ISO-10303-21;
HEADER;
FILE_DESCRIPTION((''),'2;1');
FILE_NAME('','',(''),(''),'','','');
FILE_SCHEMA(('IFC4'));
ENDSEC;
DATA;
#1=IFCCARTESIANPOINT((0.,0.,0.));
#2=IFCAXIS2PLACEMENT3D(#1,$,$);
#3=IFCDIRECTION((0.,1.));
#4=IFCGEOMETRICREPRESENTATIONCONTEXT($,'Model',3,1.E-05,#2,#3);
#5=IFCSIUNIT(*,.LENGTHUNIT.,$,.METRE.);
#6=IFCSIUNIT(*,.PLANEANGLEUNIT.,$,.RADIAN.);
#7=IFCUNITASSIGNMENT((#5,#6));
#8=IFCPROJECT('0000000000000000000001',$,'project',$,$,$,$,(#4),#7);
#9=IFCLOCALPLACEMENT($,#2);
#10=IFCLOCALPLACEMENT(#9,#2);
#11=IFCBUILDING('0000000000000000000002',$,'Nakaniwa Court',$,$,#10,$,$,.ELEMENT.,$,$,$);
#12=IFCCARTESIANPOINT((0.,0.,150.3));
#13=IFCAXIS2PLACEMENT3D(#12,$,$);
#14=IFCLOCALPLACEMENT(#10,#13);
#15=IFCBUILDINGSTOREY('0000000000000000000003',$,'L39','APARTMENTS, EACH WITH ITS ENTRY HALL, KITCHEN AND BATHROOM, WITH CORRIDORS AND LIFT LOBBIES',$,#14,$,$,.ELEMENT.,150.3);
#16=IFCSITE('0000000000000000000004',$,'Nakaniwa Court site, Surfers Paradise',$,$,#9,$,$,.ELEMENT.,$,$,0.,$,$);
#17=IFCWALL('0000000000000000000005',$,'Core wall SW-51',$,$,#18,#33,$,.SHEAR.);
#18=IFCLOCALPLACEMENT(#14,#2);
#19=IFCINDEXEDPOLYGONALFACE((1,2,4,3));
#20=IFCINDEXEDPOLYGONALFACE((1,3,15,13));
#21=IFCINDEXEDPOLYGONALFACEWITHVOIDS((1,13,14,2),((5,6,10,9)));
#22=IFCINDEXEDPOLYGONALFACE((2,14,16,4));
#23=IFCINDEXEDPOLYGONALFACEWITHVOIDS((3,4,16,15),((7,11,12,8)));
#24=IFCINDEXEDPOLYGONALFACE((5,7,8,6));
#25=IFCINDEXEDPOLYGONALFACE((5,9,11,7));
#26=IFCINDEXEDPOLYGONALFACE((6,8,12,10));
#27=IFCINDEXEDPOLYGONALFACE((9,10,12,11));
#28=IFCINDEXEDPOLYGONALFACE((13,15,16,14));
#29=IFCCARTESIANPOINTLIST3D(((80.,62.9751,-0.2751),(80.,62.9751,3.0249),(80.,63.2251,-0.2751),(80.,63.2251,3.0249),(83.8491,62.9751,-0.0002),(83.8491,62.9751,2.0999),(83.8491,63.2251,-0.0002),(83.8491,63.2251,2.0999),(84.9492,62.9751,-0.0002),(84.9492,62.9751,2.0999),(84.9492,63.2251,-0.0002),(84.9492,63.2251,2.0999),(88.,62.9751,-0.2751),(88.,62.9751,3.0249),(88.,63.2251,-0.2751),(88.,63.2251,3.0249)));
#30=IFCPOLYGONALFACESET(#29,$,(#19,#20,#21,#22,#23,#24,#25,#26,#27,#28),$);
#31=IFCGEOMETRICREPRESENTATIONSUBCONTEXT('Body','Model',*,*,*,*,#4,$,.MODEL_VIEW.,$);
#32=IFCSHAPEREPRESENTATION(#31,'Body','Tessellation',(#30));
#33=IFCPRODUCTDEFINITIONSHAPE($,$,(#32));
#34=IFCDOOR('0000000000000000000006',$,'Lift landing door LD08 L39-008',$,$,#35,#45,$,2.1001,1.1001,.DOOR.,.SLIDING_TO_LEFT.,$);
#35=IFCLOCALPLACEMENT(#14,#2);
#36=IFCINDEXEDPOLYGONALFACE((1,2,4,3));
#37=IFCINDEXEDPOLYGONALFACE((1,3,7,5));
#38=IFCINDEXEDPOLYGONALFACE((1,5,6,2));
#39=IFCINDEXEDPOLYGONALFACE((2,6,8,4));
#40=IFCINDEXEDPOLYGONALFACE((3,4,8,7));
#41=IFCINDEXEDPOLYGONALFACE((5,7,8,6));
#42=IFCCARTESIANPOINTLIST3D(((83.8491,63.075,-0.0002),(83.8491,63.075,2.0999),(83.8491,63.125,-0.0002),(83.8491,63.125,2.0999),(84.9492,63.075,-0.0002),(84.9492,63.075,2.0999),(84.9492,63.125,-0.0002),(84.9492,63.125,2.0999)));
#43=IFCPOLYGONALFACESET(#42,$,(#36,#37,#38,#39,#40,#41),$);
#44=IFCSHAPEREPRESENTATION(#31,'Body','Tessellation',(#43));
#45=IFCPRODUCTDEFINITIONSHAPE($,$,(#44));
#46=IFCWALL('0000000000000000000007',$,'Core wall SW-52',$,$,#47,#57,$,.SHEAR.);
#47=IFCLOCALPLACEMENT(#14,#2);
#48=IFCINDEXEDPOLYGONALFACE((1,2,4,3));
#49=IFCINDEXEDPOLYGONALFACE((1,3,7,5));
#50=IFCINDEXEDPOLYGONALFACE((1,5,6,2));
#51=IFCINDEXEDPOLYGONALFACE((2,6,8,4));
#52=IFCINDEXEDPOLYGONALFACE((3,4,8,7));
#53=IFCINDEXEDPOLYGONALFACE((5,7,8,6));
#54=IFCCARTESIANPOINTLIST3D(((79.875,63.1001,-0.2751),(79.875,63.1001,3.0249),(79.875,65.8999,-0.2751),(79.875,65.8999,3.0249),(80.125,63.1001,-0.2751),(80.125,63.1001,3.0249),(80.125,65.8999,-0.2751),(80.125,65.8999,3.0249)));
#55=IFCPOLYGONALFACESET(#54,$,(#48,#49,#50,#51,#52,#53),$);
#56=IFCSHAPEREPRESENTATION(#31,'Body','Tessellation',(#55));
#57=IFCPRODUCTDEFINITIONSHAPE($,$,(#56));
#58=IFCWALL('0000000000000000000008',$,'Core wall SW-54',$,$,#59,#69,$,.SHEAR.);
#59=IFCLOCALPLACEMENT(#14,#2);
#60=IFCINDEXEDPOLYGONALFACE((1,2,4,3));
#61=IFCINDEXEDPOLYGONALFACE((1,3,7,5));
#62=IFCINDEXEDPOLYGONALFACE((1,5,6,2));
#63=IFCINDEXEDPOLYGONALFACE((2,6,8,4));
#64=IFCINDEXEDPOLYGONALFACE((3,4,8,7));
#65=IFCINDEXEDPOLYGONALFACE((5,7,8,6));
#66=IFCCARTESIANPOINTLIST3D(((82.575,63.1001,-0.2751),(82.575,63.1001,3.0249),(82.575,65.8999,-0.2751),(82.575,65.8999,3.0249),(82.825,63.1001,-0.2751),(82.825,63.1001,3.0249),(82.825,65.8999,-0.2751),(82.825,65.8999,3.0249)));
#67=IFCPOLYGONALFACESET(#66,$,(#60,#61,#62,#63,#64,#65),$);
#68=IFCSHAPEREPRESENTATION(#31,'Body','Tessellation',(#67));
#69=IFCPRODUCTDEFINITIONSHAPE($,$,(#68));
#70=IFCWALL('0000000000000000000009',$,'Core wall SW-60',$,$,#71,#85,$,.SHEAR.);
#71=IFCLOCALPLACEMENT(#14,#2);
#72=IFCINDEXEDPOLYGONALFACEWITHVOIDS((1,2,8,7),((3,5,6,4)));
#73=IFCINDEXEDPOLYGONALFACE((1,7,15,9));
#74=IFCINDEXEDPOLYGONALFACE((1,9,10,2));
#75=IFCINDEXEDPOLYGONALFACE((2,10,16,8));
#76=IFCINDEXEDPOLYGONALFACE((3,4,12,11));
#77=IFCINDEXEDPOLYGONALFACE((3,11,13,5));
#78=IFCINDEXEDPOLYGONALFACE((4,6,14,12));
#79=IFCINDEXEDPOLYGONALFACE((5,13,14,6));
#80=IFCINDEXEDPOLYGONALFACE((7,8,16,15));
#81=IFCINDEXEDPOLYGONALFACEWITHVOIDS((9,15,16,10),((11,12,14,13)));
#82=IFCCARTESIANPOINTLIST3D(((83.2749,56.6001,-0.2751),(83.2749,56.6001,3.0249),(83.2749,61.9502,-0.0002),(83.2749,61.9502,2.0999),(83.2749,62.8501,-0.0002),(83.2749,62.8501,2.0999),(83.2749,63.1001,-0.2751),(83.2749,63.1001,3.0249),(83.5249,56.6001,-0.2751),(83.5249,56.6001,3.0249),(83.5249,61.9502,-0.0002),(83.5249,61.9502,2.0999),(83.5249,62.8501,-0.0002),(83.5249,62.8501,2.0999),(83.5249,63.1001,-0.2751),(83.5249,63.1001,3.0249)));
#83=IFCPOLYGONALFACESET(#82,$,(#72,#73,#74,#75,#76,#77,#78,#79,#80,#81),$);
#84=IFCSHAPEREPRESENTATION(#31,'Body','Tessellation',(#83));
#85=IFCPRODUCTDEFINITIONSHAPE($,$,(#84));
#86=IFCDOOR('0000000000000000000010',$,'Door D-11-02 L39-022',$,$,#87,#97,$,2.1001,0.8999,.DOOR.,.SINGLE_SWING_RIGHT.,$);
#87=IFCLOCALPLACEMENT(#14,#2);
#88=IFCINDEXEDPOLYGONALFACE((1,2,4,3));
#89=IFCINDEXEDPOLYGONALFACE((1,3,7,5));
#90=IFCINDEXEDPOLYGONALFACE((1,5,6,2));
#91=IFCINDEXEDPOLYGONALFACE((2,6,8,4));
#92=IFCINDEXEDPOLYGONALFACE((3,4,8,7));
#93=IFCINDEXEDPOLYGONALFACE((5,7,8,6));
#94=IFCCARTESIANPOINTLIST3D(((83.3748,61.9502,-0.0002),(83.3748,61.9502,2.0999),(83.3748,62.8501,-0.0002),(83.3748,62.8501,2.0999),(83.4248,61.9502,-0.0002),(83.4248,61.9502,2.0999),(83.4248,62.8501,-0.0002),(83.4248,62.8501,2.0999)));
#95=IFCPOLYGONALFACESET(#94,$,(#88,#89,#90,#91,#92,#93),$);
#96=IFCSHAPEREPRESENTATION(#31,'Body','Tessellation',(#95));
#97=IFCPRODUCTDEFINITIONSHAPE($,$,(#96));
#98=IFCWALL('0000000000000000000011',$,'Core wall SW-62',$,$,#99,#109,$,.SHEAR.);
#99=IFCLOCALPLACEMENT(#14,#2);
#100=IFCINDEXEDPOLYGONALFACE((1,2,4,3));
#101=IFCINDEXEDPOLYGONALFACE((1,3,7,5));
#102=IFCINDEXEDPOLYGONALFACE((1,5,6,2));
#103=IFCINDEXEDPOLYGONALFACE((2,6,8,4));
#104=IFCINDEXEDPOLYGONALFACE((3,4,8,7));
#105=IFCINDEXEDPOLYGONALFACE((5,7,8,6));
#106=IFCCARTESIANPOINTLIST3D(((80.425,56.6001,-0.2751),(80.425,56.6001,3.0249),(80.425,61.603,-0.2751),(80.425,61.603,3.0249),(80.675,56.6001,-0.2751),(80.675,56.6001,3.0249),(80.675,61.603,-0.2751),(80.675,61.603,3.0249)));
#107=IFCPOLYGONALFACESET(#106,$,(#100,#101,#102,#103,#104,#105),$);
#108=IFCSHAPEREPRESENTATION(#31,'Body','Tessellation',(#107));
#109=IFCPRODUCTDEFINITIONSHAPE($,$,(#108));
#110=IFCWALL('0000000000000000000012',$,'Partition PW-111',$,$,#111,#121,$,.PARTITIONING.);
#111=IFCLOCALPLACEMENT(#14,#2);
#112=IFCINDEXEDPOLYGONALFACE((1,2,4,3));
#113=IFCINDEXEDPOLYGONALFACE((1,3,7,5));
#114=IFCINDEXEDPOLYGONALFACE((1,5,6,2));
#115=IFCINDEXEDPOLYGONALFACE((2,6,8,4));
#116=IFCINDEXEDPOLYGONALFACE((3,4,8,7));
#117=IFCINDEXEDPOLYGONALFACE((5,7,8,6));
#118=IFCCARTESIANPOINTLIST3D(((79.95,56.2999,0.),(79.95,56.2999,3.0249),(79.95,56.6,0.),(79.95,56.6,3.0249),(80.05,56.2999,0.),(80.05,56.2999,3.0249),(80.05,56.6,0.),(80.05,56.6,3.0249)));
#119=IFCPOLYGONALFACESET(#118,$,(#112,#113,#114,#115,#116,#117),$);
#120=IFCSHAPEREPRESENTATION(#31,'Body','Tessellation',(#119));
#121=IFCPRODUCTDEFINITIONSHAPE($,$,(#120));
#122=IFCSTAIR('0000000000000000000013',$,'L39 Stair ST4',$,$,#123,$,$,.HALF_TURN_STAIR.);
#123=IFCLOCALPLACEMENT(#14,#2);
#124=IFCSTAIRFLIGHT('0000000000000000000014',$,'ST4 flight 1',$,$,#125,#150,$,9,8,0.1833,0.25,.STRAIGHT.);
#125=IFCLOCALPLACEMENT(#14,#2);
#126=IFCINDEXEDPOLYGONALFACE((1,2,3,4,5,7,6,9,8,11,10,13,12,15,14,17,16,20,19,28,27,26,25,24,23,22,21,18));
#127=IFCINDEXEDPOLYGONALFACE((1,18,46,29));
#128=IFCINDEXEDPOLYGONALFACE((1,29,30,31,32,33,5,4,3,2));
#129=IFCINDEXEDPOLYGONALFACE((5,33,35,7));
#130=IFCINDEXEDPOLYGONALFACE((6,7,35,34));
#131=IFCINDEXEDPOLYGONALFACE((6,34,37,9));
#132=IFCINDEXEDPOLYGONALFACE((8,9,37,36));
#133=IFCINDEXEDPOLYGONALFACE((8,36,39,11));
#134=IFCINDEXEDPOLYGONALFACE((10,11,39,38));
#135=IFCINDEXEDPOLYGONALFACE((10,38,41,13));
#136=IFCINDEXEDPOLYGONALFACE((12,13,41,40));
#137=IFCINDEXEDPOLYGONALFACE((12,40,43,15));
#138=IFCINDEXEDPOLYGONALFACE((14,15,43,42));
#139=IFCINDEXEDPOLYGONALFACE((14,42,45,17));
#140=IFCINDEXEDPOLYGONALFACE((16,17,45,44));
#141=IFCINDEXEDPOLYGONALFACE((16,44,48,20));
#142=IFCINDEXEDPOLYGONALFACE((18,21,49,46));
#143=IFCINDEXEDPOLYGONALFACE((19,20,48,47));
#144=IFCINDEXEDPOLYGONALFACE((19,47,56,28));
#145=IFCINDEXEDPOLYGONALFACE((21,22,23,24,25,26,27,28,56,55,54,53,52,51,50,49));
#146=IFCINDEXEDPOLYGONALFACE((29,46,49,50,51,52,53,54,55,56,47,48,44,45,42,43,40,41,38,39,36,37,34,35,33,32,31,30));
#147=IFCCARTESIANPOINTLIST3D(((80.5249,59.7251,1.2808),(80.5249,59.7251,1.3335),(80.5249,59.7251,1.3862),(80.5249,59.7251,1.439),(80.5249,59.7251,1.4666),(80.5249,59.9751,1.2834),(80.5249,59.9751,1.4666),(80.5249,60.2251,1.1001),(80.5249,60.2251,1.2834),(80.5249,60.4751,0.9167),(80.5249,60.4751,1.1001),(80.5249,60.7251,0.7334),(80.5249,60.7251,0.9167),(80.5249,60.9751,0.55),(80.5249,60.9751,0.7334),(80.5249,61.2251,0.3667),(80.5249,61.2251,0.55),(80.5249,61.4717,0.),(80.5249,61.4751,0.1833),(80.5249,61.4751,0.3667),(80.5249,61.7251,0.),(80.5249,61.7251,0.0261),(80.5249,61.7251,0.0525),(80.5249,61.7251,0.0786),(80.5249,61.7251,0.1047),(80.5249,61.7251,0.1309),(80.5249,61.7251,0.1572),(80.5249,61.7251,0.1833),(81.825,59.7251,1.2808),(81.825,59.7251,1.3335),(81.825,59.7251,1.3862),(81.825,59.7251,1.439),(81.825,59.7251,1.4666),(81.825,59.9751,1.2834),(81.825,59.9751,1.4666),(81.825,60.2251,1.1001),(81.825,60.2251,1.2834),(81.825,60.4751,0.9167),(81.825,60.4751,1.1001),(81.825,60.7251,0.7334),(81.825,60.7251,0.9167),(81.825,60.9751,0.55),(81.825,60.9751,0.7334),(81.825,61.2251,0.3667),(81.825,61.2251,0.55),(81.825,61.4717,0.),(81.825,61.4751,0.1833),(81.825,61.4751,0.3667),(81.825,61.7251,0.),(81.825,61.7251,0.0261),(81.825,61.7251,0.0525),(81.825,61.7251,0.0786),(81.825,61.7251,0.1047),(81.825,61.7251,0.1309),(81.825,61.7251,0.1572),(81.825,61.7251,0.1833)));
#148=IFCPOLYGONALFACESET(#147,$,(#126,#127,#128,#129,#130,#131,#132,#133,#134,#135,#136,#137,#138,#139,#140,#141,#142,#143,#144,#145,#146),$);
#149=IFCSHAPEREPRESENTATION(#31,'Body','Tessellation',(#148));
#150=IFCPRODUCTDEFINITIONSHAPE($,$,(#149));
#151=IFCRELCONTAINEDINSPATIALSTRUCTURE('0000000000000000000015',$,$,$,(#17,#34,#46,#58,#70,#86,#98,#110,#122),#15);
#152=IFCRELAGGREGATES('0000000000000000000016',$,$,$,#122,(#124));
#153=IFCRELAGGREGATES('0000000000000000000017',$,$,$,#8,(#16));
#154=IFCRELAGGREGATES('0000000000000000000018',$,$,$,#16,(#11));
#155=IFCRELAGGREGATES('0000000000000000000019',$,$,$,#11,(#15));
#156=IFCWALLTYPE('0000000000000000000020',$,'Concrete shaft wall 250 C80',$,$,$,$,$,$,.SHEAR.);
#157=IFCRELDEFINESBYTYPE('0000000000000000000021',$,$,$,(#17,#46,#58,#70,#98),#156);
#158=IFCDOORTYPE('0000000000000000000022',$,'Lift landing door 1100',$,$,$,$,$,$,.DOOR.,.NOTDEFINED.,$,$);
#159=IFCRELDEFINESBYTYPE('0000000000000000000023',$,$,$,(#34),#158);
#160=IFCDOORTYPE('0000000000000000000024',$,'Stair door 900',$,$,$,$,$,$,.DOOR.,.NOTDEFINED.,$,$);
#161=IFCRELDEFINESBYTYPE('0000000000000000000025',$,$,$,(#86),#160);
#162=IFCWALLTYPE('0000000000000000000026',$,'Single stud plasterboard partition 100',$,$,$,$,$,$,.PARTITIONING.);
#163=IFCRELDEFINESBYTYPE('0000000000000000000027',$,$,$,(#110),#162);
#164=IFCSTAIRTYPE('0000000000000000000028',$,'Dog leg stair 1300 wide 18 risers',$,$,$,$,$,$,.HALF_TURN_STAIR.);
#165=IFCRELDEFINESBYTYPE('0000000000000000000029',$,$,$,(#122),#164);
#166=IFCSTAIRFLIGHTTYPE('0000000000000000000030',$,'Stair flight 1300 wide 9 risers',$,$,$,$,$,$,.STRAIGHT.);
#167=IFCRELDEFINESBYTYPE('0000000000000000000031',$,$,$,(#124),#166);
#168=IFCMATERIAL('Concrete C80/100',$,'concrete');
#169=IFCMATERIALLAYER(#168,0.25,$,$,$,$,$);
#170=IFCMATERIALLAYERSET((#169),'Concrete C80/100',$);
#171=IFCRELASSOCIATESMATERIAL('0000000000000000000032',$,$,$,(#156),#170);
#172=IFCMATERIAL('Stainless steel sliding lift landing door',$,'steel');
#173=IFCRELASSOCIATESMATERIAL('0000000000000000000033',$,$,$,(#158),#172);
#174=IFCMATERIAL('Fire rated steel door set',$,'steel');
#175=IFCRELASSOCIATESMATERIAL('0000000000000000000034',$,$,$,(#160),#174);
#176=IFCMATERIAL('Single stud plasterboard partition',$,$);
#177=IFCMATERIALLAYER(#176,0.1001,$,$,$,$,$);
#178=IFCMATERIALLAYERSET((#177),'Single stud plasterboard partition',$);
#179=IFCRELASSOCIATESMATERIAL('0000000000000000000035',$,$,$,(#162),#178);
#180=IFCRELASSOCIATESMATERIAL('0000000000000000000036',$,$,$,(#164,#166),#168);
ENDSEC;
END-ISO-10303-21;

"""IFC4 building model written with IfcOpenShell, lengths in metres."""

from ifc_helpers import new_model, si_unit, direction, frame, frame_2d, origin, place, context, subcontext, project, spatial, polyline, rectangle, outline, extrude, material, layer, layer_set, type_object, element, fill, aggregate, save


model = new_model("IFC4")

# Units and contexts
model_context = context("Model", 3, precision=1e-05, world=origin(), true_north=direction((0.0, 1.0)))
body_context = subcontext(model_context, "Body", "Model", "MODEL_VIEW")
ifc_project = project(units=[si_unit("LENGTHUNIT", "METRE"), si_unit("PLANEANGLEUNIT", "RADIAN")], contexts=[model_context])

# Site, building, storey
site_placement = place(None, origin())
site = spatial("IfcSite", under=ifc_project, at=site_placement, Name="Nakaniwa Court site, Surfers Paradise", CompositionType="ELEMENT", RefElevation=0.0)
building_placement = place(site_placement, origin())
building = spatial("IfcBuilding", under=site, at=building_placement, Name="Nakaniwa Court", CompositionType="ELEMENT")
storey_placement = place(building_placement, frame((0.0, 0.0, 150.3)))
storey = spatial("IfcBuildingStorey", under=building, at=storey_placement, Name="L39", Description="APARTMENTS, EACH WITH ITS ENTRY HALL, KITCHEN AND BATHROOM, WITH CORRIDORS AND LIFT LOBBIES", CompositionType="ELEMENT", Elevation=150.3)

# Shared definitions
ifc_material_1 = material(Name="Fire rated steel door set", Category="steel")

# Shared definitions
ifc_material_2 = material(Name="Concrete C80/100", Category="concrete")
ifc_layer_1 = layer(ifc_material_2, 0.25)
ifc_layer_set_1 = layer_set([ifc_layer_1], Name="Concrete C80/100")
wall_type_1 = type_object("IfcWallType", Name="Concrete shaft wall 250 C80", PredefinedType="SHEAR", material=ifc_layer_set_1)

# Wall, opening, door
wall_1_placement = place(storey_placement, frame((80.0, 63.1001, -0.2751), z_axis=(0.0, 0.0, 1.0), x_axis=(1.0, 0.0, 0.0)))
wall_1 = element("IfcWall", 1, at=wall_1_placement, inside=storey, type_object=wall_type_1, Name="Core wall SW-51", PredefinedType="SHEAR", context=body_context, shape_type="SweptSolid", body=[
    extrude(rectangle(XDim=8.0, YDim=0.25, at=frame_2d((4.0, 0.0))), origin(), (0.0, 0.0, 1.0), 3.3),
])
opening_1_placement = place(wall_1_placement, frame((3.8491, 0.0, 0.2749)))
opening_1 = element("IfcOpeningElement", 2, at=opening_1_placement, cuts=wall_1, PredefinedType="OPENING", context=body_context, shape_type="SweptSolid", body=[
    extrude(rectangle(XDim=1.1001, YDim=2.1001, at=frame_2d((0.55, 1.05))), frame((0.0, 0.135, 0.0), z_axis=(0.0, -1.0, 0.0), x_axis=(1.0, 0.0, 0.0)), (0.0, 0.0, 1.0), 0.27),
])
ifc_material_3 = material(Name="Stainless steel sliding lift landing door", Category="steel")
door_type_1 = type_object("IfcDoorType", Name="Lift landing door 1100", OperationType="NOTDEFINED", PredefinedType="DOOR", material=ifc_material_3)
door_1_placement = place(opening_1_placement, origin())
door_1 = element("IfcDoor", 3, at=door_1_placement, inside=storey, type_object=door_type_1, Name="Lift landing door LD08 L39-008", OperationType="SLIDING_TO_LEFT", OverallHeight=2.1001, OverallWidth=1.1001, PredefinedType="DOOR", context=body_context, shape_type="SweptSolid", body=[
    extrude(rectangle(XDim=1.1001, YDim=2.1001, at=frame_2d((0.55, 1.05))), frame((0.0, 0.0249, 0.0), z_axis=(0.0, -1.0, 0.0), x_axis=(1.0, 0.0, 0.0)), (0.0, 0.0, 1.0), 0.05),
])
fill(opening_1, door_1)

# Walls
for number, where, z_axis, x_axis, name in (
    (4, (80.0, 63.1001, -0.2751), (0.0, 0.0, 1.0), (0.0, 1.0, 0.0), "Core wall SW-52"),
    (5, (82.7, 63.1001, -0.2751), (0.0, 0.0, 1.0), (0.0, 1.0, 0.0), "Core wall SW-54"),
):
    element("IfcWall", number, at=place(storey_placement, frame(where, z_axis=z_axis, x_axis=x_axis)), inside=storey, type_object=wall_type_1, Name=name, PredefinedType="SHEAR", context=body_context, shape_type="SweptSolid", body=[
        extrude(rectangle(XDim=2.7998, YDim=0.25, at=frame_2d((1.3999, 0.0))), origin(), (0.0, 0.0, 1.0), 3.3),
    ])

# Wall, opening, door
wall_2_placement = place(storey_placement, frame((83.3999, 63.1001, -0.2751), z_axis=(0.0, 0.0, 1.0), x_axis=(0.0, -1.0, 0.0)))
wall_2 = element("IfcWall", 6, at=wall_2_placement, inside=storey, type_object=wall_type_1, Name="Core wall SW-60", PredefinedType="SHEAR", context=body_context, shape_type="SweptSolid", body=[
    extrude(rectangle(XDim=6.5, YDim=0.25, at=frame_2d((3.25, 0.0))), origin(), (0.0, 0.0, 1.0), 3.3),
])
opening_2_placement = place(wall_2_placement, frame((0.25, 0.0, 0.2749)))
opening_2 = element("IfcOpeningElement", 7, at=opening_2_placement, cuts=wall_2, PredefinedType="OPENING", context=body_context, shape_type="SweptSolid", body=[
    extrude(rectangle(XDim=0.8999, YDim=2.1001, at=frame_2d((0.45, 1.05))), frame((0.0, 0.135, 0.0), z_axis=(0.0, -1.0, 0.0), x_axis=(1.0, 0.0, 0.0)), (0.0, 0.0, 1.0), 0.27),
])
door_type_2 = type_object("IfcDoorType", Name="Stair door 900", OperationType="NOTDEFINED", PredefinedType="DOOR", material=ifc_material_1)
door_2_placement = place(opening_2_placement, origin())
door_2 = element("IfcDoor", 8, at=door_2_placement, inside=storey, type_object=door_type_2, Name="Door D-11-02 L39-022", OperationType="SINGLE_SWING_RIGHT", OverallHeight=2.1001, OverallWidth=0.8999, PredefinedType="DOOR", context=body_context, shape_type="SweptSolid", body=[
    extrude(rectangle(XDim=0.8999, YDim=2.1001, at=frame_2d((0.45, 1.05))), frame((0.0, 0.0249, 0.0), z_axis=(0.0, -1.0, 0.0), x_axis=(1.0, 0.0, 0.0)), (0.0, 0.0, 1.0), 0.05),
])
fill(opening_2, door_2)

# Walls
wall_3_placement = place(storey_placement, frame((80.55, 56.6001, -0.2751), z_axis=(0.0, 0.0, 1.0), x_axis=(0.0, 1.0, 0.0)))
element("IfcWall", 9, at=wall_3_placement, inside=storey, type_object=wall_type_1, Name="Core wall SW-62", PredefinedType="SHEAR", context=body_context, shape_type="SweptSolid", body=[
    extrude(rectangle(XDim=5.0029, YDim=0.25, at=frame_2d((2.5015, 0.0))), origin(), (0.0, 0.0, 1.0), 3.3),
])
ifc_material_4 = material(Name="Single stud plasterboard partition")
ifc_layer_2 = layer(ifc_material_4, 0.1001)
ifc_layer_set_2 = layer_set([ifc_layer_2], Name="Single stud plasterboard partition")
wall_type_2 = type_object("IfcWallType", Name="Single stud plasterboard partition 100", PredefinedType="PARTITIONING", material=ifc_layer_set_2)
wall_4_placement = place(storey_placement, frame((80.0, 56.3, 0.0), z_axis=(0.0, 0.0, 1.0), x_axis=(0.0, 1.0, 0.0)))
element("IfcWall", 10, at=wall_4_placement, inside=storey, type_object=wall_type_2, Name="Partition PW-111", PredefinedType="PARTITIONING", context=body_context, shape_type="SweptSolid", body=[
    extrude(rectangle(XDim=0.3, YDim=0.1001, at=frame_2d((0.1499, 0.0))), origin(), (0.0, 0.0, 1.0), 3.0249),
])

# Stair, stair flight
stair_type = type_object("IfcStairType", Name="Dog leg stair 1300 wide 18 risers", PredefinedType="HALF_TURN_STAIR", material=ifc_material_2)
stair_placement = place(storey_placement, origin())
stair = element("IfcStair", 11, at=stair_placement, inside=storey, type_object=stair_type, Name="L39 Stair ST4", PredefinedType="HALF_TURN_STAIR")
stair_flight_type = type_object("IfcStairFlightType", Name="Stair flight 1300 wide 9 risers", PredefinedType="STRAIGHT", material=ifc_material_2)
stair_flight_1_placement = place(storey_placement, frame((81.175, 61.7251, 0.0), z_axis=(0.0, 0.0, 1.0), x_axis=(0.0, -1.0, 0.0)))
stair_flight_1 = element("IfcStairFlight", 12, at=stair_flight_1_placement, type_object=stair_flight_type, Name="ST4 flight 1", NumberOfRisers=9, NumberOfTreads=8, PredefinedType="STRAIGHT", RiserHeight=0.1833, TreadLength=0.25, context=body_context, shape_type="SweptSolid", body=[
    extrude(outline(polyline([(0.0, 0.0), (0.0, 0.0261), (0.0, 0.0525), (0.0, 0.0786), (0.0, 0.1047), (0.0, 0.1309), (0.0, 0.1572), (0.0, 0.1833), (0.25, 0.1833), (0.25, 0.3667), (0.5, 0.3667), (0.5, 0.55), (0.75, 0.55), (0.75, 0.7334), (1.0, 0.7334), (1.0, 0.9167), (1.25, 0.9167), (1.25, 1.1001), (1.5, 1.1001), (1.5, 1.2834), (1.75, 1.2834), (1.75, 1.4666), (2.0, 1.4666), (2.0, 1.6499), (2.0, 1.5972), (2.0, 1.5444), (2.0, 1.4917), (2.0, 1.439), (2.0, 1.3862), (2.0, 1.3335), (2.0, 1.2808), (0.2534, 0.0), (0.0, 0.0)])), frame((0.0, 0.6499, 0.0), z_axis=(0.0, -1.0, 0.0), x_axis=(1.0, 0.0, 0.0)), (0.0, 0.0, 1.0), 1.3),
])
aggregate(stair, [stair_flight_1])

save(model, "model.ifc")
